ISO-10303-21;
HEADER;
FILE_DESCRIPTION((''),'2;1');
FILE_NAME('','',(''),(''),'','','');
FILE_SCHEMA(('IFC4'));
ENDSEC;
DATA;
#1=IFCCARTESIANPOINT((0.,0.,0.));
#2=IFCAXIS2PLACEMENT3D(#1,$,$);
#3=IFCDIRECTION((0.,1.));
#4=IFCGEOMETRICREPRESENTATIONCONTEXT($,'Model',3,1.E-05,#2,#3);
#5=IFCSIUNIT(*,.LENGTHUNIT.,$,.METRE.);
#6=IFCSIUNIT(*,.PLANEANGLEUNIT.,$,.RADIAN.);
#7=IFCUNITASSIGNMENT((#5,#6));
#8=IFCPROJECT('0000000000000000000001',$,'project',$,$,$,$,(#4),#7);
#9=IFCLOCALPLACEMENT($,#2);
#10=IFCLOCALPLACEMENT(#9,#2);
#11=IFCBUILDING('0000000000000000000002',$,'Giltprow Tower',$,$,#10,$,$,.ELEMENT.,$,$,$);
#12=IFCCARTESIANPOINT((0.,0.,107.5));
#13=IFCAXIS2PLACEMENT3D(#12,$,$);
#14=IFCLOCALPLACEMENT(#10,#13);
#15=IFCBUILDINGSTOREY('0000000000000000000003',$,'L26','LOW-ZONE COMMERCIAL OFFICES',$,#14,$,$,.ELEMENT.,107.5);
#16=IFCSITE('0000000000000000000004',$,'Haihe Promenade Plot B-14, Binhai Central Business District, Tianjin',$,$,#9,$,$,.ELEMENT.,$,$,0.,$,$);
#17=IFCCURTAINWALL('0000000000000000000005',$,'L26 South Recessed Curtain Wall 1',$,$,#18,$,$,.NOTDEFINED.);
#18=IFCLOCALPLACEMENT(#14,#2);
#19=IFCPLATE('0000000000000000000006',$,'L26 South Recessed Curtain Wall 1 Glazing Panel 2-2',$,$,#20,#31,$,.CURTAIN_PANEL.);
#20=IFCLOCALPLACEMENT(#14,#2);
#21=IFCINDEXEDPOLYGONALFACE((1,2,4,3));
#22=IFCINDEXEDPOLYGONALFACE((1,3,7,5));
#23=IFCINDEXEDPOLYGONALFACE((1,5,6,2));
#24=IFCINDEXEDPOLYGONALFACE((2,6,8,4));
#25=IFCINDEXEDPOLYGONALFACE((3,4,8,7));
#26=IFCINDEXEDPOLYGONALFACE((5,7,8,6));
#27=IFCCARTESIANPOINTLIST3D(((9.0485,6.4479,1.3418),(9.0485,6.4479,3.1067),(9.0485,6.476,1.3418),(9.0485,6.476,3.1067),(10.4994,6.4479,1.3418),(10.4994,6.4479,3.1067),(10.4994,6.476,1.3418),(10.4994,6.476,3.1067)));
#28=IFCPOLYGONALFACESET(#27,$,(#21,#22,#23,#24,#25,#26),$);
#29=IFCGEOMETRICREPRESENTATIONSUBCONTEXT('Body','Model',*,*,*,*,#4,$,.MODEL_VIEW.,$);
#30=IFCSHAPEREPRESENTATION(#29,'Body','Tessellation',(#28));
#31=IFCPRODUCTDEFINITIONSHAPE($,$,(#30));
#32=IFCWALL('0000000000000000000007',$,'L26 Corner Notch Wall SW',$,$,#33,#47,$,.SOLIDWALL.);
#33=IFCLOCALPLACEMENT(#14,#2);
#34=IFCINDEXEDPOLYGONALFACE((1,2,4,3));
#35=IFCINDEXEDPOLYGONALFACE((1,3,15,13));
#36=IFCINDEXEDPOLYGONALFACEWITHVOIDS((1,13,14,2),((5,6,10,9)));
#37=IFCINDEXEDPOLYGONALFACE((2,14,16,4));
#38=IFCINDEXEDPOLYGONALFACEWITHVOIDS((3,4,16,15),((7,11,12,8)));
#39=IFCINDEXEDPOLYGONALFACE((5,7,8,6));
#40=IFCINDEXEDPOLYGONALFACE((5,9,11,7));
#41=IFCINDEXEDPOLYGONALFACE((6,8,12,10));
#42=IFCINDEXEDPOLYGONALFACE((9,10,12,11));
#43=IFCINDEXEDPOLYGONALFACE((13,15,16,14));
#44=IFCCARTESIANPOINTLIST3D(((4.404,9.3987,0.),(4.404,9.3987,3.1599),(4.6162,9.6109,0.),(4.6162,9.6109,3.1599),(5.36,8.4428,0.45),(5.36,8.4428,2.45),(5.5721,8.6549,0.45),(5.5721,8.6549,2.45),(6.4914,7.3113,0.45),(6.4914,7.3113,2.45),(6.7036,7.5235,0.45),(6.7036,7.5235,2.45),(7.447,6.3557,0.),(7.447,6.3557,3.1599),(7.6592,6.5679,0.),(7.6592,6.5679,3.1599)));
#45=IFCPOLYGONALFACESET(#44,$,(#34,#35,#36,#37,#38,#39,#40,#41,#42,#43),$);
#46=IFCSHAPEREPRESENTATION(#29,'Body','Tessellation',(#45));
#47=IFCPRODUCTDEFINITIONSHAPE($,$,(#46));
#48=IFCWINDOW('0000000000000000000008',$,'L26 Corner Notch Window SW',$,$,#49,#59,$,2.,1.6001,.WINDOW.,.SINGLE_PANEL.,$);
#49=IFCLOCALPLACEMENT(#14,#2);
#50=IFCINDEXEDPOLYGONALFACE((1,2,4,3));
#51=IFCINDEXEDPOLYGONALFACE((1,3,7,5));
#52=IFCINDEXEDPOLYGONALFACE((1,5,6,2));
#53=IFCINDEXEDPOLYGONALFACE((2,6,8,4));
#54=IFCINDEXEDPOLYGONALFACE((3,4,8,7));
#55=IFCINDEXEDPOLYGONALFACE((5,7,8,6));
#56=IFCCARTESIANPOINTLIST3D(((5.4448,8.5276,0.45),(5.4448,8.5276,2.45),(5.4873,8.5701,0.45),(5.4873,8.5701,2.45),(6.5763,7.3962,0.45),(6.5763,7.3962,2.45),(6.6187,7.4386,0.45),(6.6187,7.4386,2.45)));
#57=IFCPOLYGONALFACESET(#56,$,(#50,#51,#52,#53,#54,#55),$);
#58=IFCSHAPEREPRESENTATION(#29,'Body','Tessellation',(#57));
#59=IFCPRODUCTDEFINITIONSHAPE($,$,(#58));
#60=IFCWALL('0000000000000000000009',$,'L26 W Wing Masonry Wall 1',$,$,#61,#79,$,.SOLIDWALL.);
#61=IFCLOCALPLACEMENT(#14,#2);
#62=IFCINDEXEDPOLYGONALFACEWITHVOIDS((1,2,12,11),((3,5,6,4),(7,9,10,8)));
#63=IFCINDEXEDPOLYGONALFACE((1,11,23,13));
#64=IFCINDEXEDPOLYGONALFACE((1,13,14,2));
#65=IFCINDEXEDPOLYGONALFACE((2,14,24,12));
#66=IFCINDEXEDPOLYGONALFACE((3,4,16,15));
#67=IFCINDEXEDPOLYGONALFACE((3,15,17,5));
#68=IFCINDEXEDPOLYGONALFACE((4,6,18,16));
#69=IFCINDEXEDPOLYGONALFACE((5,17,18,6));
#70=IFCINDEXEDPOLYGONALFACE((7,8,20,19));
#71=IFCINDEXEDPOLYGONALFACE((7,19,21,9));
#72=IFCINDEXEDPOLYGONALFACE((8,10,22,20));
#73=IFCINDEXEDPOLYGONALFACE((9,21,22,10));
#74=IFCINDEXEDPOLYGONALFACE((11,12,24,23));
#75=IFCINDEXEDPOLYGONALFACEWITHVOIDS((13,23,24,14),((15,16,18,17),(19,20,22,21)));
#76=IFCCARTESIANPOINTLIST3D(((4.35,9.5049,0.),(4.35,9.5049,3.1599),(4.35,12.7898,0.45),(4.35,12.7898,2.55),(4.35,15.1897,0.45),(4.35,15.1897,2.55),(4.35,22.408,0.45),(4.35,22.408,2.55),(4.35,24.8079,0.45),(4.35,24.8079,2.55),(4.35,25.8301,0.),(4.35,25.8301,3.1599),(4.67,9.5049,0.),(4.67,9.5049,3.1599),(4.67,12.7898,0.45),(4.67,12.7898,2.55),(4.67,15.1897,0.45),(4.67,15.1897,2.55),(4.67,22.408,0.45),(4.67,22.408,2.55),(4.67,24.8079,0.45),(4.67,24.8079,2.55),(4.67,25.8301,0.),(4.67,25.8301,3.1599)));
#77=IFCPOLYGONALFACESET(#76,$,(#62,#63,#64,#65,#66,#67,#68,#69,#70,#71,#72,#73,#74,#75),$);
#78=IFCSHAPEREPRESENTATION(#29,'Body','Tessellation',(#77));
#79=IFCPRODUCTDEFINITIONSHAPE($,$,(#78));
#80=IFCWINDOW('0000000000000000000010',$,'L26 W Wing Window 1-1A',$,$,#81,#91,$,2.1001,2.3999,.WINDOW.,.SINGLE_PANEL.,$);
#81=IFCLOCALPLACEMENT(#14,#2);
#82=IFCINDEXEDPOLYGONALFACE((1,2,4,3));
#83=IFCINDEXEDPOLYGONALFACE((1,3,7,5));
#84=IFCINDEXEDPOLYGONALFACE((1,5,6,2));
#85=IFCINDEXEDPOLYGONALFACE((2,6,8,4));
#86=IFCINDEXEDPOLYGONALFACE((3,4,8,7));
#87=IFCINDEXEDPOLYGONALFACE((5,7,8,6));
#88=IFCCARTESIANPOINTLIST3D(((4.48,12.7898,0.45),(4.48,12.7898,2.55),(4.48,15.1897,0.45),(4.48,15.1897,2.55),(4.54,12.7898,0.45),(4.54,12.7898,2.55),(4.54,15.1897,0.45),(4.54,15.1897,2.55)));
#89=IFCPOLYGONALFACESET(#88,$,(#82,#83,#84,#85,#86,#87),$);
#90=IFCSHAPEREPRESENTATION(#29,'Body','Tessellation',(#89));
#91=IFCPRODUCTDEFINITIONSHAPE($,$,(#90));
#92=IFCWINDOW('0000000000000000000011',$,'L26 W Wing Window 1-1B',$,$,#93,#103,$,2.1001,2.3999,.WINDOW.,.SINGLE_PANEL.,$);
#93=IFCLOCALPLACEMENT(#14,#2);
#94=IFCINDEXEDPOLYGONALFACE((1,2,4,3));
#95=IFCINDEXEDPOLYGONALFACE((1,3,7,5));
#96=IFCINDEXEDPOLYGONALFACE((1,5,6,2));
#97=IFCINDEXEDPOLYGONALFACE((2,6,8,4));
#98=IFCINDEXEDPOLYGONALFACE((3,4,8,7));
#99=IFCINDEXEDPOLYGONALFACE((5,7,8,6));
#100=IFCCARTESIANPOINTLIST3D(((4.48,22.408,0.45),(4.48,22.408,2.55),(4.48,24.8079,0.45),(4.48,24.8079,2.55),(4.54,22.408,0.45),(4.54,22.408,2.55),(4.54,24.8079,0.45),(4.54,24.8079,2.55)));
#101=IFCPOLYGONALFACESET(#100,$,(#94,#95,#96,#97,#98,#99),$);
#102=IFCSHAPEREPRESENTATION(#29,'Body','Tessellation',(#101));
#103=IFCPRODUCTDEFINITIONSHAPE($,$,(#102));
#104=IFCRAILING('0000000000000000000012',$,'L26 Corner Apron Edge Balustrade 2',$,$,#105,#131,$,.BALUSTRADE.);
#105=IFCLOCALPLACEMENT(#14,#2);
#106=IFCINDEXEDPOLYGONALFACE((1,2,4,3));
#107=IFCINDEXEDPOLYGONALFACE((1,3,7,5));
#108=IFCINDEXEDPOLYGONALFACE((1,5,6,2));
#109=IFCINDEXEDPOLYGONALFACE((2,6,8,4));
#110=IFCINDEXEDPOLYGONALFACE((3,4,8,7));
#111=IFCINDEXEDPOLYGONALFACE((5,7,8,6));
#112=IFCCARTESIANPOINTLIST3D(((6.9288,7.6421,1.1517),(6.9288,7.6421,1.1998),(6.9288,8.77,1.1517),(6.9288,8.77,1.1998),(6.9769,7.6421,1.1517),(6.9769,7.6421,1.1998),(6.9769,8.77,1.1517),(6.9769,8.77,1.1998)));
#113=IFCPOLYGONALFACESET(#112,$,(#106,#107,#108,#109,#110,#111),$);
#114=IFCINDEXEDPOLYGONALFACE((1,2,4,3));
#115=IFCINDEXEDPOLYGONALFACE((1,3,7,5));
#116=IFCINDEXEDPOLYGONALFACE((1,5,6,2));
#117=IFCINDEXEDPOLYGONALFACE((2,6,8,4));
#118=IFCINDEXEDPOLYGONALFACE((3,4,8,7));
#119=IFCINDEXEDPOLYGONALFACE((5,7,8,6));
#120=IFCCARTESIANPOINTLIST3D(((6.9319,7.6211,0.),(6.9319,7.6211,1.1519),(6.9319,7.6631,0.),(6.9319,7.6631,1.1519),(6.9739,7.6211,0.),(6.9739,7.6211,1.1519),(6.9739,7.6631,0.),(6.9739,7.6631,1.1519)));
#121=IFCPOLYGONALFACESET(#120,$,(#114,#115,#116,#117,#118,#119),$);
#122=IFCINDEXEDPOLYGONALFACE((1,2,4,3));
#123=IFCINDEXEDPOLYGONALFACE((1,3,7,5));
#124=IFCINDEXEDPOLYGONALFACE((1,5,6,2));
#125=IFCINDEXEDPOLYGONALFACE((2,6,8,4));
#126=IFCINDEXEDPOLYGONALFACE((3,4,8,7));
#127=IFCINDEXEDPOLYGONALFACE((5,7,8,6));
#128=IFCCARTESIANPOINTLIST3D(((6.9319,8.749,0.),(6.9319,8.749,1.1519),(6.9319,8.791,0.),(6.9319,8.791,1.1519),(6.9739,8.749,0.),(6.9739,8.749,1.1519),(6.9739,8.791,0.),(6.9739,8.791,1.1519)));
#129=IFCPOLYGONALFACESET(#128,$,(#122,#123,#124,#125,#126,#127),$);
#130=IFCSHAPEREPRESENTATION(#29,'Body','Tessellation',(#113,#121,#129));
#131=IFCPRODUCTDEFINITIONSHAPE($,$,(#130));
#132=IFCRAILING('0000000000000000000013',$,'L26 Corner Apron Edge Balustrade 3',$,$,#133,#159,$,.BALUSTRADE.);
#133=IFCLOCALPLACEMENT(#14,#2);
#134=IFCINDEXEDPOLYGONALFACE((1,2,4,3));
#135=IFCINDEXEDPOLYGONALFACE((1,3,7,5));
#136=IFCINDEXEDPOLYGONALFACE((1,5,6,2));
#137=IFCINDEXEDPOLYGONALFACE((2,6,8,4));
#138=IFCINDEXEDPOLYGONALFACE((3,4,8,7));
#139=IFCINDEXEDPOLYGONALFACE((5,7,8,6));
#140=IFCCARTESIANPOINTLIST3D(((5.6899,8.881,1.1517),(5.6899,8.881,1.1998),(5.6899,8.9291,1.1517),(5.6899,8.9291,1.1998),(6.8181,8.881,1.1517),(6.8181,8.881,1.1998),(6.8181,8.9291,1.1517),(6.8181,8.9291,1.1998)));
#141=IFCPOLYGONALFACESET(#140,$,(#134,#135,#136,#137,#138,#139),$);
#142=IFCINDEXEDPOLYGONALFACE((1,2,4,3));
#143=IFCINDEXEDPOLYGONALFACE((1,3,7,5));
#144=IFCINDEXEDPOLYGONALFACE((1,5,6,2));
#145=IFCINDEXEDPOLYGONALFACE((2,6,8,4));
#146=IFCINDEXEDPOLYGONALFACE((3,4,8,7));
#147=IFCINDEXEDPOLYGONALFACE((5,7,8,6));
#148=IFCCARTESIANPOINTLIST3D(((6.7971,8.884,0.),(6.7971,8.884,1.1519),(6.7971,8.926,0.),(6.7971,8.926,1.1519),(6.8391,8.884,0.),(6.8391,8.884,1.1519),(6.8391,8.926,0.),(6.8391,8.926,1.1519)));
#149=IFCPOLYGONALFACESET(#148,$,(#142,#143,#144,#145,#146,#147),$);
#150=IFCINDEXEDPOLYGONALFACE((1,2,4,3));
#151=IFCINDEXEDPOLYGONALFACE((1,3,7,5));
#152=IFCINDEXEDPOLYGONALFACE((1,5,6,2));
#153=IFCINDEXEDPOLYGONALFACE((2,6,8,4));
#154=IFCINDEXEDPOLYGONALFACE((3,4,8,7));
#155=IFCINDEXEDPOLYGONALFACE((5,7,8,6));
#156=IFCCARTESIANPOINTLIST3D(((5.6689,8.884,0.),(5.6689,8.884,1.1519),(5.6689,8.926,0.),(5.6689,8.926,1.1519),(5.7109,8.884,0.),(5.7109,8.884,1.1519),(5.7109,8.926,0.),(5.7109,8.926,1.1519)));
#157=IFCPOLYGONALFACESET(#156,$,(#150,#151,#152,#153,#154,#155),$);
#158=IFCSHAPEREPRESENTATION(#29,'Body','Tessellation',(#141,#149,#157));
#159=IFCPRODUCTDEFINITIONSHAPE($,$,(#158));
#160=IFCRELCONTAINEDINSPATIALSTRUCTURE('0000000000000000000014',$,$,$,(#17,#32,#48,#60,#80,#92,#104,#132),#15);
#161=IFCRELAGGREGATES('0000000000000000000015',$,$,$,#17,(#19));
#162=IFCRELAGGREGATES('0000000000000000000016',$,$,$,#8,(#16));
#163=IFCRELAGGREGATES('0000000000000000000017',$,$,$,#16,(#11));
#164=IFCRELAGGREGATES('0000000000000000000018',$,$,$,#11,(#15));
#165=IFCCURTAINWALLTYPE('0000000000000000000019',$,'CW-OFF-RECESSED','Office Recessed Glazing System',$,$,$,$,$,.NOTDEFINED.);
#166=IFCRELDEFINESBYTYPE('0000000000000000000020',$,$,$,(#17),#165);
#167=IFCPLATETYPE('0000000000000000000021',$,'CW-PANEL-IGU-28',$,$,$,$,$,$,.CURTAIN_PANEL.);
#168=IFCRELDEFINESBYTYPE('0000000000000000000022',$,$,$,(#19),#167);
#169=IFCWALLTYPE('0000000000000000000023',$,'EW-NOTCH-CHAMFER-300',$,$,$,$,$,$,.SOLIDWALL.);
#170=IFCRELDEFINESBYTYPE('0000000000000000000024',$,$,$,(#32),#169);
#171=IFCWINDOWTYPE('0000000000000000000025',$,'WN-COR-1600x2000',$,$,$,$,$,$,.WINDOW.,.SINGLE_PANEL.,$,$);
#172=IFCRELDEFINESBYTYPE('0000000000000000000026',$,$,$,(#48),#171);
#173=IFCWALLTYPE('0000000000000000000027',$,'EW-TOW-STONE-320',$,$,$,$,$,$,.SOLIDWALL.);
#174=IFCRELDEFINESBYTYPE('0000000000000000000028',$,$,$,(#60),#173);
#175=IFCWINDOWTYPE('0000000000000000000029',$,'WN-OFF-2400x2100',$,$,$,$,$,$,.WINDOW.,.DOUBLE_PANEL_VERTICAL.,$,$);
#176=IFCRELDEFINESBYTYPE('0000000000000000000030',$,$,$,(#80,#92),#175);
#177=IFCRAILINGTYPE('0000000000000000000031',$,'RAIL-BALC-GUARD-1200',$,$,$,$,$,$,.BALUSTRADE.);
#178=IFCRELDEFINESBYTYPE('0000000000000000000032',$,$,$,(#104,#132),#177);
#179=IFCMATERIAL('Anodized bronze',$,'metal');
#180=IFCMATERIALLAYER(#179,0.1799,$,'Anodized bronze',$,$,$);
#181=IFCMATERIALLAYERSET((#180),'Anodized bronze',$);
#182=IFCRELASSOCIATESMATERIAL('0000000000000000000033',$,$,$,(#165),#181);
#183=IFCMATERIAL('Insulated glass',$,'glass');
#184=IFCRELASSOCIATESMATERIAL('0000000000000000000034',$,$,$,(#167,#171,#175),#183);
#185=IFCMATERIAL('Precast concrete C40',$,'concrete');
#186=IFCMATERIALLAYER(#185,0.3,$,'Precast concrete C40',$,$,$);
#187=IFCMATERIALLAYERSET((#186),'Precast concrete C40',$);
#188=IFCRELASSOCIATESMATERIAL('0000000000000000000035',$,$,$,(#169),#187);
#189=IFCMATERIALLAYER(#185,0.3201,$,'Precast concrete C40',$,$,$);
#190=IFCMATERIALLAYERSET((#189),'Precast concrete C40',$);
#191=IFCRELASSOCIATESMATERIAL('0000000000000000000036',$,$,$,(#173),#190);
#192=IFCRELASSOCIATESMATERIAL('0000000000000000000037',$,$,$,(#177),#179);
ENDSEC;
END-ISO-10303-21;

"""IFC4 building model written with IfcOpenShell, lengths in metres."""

from ifc_helpers import new_model, si_unit, direction, frame, frame_2d, origin, origin_2d, place, context, subcontext, project, spatial, rectangle, extrude, source, transform, mapped, material, layer, layer_set, type_object, element, fill, aggregate, save


model = new_model("IFC4")

# Units and contexts
model_context = context("Model", 3, precision=1e-05, world=origin(), true_north=direction((0.0, 1.0)))
body_context = subcontext(model_context, "Body", "Model", "MODEL_VIEW")
ifc_project = project(units=[si_unit("LENGTHUNIT", "METRE"), si_unit("PLANEANGLEUNIT", "RADIAN")], contexts=[model_context])

# Site, building, storey
site_placement = place(None, origin())
site = spatial("IfcSite", under=ifc_project, at=site_placement, Name="Haihe Promenade Plot B-14, Binhai Central Business District, Tianjin", CompositionType="ELEMENT", RefElevation=0.0)
building_placement = place(site_placement, origin())
building = spatial("IfcBuilding", under=site, at=building_placement, Name="Giltprow Tower", CompositionType="ELEMENT")
storey_placement = place(building_placement, frame((0.0, 0.0, 107.5)))
storey = spatial("IfcBuildingStorey", under=building, at=storey_placement, Name="L26", Description="LOW-ZONE COMMERCIAL OFFICES", CompositionType="ELEMENT", Elevation=107.5)

# Curtain wall
ifc_material_1 = material(Name="Anodized bronze", Category="metal")
ifc_layer_1 = layer(ifc_material_1, 0.1799, Name="Anodized bronze")
ifc_layer_set_1 = layer_set([ifc_layer_1], Name="Anodized bronze")
curtain_wall_type = type_object("IfcCurtainWallType", Name="CW-OFF-RECESSED", Description="Office Recessed Glazing System", PredefinedType="NOTDEFINED", material=ifc_layer_set_1)
curtain_wall_placement = place(storey_placement, origin())
curtain_wall = element("IfcCurtainWall", 1, at=curtain_wall_placement, inside=storey, type_object=curtain_wall_type, Name="L26 South Recessed Curtain Wall 1", PredefinedType="NOTDEFINED")

# Plate
ifc_material_2 = material(Name="Insulated glass", Category="glass")
plate_type_1 = type_object("IfcPlateType", Name="CW-PANEL-IGU-28", PredefinedType="CURTAIN_PANEL", material=ifc_material_2)
shared_shape_1 = source(origin(), body_context, "Body", "SweptSolid", [
    extrude(rectangle(XDim=1.4509, YDim=0.0281, at=origin_2d()), origin(), (0.0, 0.0, 1.0), 1.7649),
])
plate_1_placement = place(storey_placement, frame((9.7739, 6.4619, 1.3418), z_axis=(0.0, 0.0, 1.0), x_axis=(1.0, 0.0, 0.0)))
plate_1 = element("IfcPlate", 2, at=plate_1_placement, type_object=plate_type_1, Name="L26 South Recessed Curtain Wall 1 Glazing Panel 2-2", PredefinedType="CURTAIN_PANEL", context=body_context, shape_type="MappedRepresentation", body=[
    mapped(shared_shape_1, transform((0.0, 0.0, 0.0), x_axis=(1.0, 0.0, 0.0), y_axis=(0.0, 1.0, 0.0), z_axis=(0.0, 0.0, 1.0), scale=1.0)),
])
aggregate(curtain_wall, [plate_1])

# Wall, opening, window
ifc_material_3 = material(Name="Precast concrete C40", Category="concrete")
ifc_layer_2 = layer(ifc_material_3, 0.3, Name="Precast concrete C40")
ifc_layer_set_2 = layer_set([ifc_layer_2], Name="Precast concrete C40")
wall_type_1 = type_object("IfcWallType", Name="EW-NOTCH-CHAMFER-300", PredefinedType="SOLIDWALL", material=ifc_layer_set_2)
wall_1_placement = place(storey_placement, frame((4.51, 9.5049, 0.0), z_axis=(0.0, 0.0, 1.0), x_axis=(0.707107, -0.707107, 0.0)))
wall_1 = element("IfcWall", 3, at=wall_1_placement, inside=storey, type_object=wall_type_1, Name="L26 Corner Notch Wall SW", PredefinedType="SOLIDWALL", context=body_context, shape_type="SweptSolid", body=[
    extrude(rectangle(XDim=4.3035, YDim=0.3, at=frame_2d((2.1519, 0.0))), origin(), (0.0, 0.0, 1.0), 3.1599),
])
opening_1_placement = place(wall_1_placement, frame((1.3521, 0.0, 0.45)))
opening_1 = element("IfcOpeningElement", 4, at=opening_1_placement, cuts=wall_1, PredefinedType="OPENING", context=body_context, shape_type="SweptSolid", body=[
    extrude(rectangle(XDim=1.6001, YDim=2.0, at=frame_2d((0.8, 1.0))), frame((0.0, 0.1599, 0.0), z_axis=(0.0, -1.0, 0.0), x_axis=(1.0, 0.0, 0.0)), (0.0, 0.0, 1.0), 0.3201),
])
window_type_1 = type_object("IfcWindowType", Name="WN-COR-1600x2000", PartitioningType="SINGLE_PANEL", PredefinedType="WINDOW", material=ifc_material_2)
shared_shape_2 = source(origin(), body_context, "Body", "SweptSolid", [
    extrude(rectangle(XDim=1.6001, YDim=2.0, at=frame_2d((0.8, 1.0))), frame((0.0, 0.03, 0.0), z_axis=(0.0, -1.0, 0.0), x_axis=(1.0, 0.0, 0.0)), (0.0, 0.0, 1.0), 0.0601),
])
window_1_placement = place(opening_1_placement, origin())
window_1 = element("IfcWindow", 5, at=window_1_placement, inside=storey, type_object=window_type_1, Name="L26 Corner Notch Window SW", OverallHeight=2.0, OverallWidth=1.6001, PartitioningType="SINGLE_PANEL", PredefinedType="WINDOW", context=body_context, shape_type="MappedRepresentation", body=[
    mapped(shared_shape_2, transform((0.0, 0.0, 0.0), x_axis=(1.0, 0.0, 0.0), y_axis=(0.0, 1.0, 0.0), z_axis=(0.0, 0.0, 1.0), scale=1.0)),
])
fill(opening_1, window_1)

# Wall, openings, windows
ifc_layer_3 = layer(ifc_material_3, 0.3201, Name="Precast concrete C40")
ifc_layer_set_3 = layer_set([ifc_layer_3], Name="Precast concrete C40")
wall_type_2 = type_object("IfcWallType", Name="EW-TOW-STONE-320", PredefinedType="SOLIDWALL", material=ifc_layer_set_3)
wall_2_placement = place(storey_placement, frame((4.51, 9.5049, 0.0), z_axis=(0.0, 0.0, 1.0), x_axis=(0.0, 1.0, 0.0)))
wall_2 = element("IfcWall", 6, at=wall_2_placement, inside=storey, type_object=wall_type_2, Name="L26 W Wing Masonry Wall 1", PredefinedType="SOLIDWALL", context=body_context, shape_type="SweptSolid", body=[
    extrude(rectangle(XDim=16.3252, YDim=0.3201, at=frame_2d((8.1626, 0.0))), origin(), (0.0, 0.0, 1.0), 3.1599),
])
opening_2_placement = place(wall_2_placement, frame((3.2849, 0.0, 0.45)))
opening_2 = element("IfcOpeningElement", 7, at=opening_2_placement, cuts=wall_2, PredefinedType="OPENING", context=body_context, shape_type="SweptSolid", body=[
    extrude(rectangle(XDim=2.3999, YDim=2.1001, at=frame_2d((1.2, 1.05))), frame((0.0, 0.1699, 0.0), z_axis=(0.0, -1.0, 0.0), x_axis=(1.0, 0.0, 0.0)), (0.0, 0.0, 1.0), 0.3401),
])
opening_3_placement = place(wall_2_placement, frame((12.9031, 0.0, 0.45)))
opening_3 = element("IfcOpeningElement", 8, at=opening_3_placement, cuts=wall_2, PredefinedType="OPENING", context=body_context, shape_type="SweptSolid", body=[
    extrude(rectangle(XDim=2.3999, YDim=2.1001, at=frame_2d((1.2, 1.05))), frame((0.0, 0.1699, 0.0), z_axis=(0.0, -1.0, 0.0), x_axis=(1.0, 0.0, 0.0)), (0.0, 0.0, 1.0), 0.3401),
])
window_type_2 = type_object("IfcWindowType", Name="WN-OFF-2400x2100", PartitioningType="DOUBLE_PANEL_VERTICAL", PredefinedType="WINDOW", material=ifc_material_2)
shared_shape_3 = source(origin(), body_context, "Body", "SweptSolid", [
    extrude(rectangle(XDim=2.3999, YDim=2.1001, at=frame_2d((1.2, 1.05))), frame((0.0, 0.03, 0.0), z_axis=(0.0, -1.0, 0.0), x_axis=(1.0, 0.0, 0.0)), (0.0, 0.0, 1.0), 0.0601),
])
window_2_placement = place(opening_2_placement, origin())
window_2 = element("IfcWindow", 9, at=window_2_placement, inside=storey, type_object=window_type_2, Name="L26 W Wing Window 1-1A", OverallHeight=2.1001, OverallWidth=2.3999, PartitioningType="SINGLE_PANEL", PredefinedType="WINDOW", context=body_context, shape_type="MappedRepresentation", body=[
    mapped(shared_shape_3, transform((0.0, 0.0, 0.0), x_axis=(1.0, 0.0, 0.0), y_axis=(0.0, 1.0, 0.0), z_axis=(0.0, 0.0, 1.0), scale=1.0)),
])
fill(opening_2, window_2)
window_3_placement = place(opening_3_placement, origin())
window_3 = element("IfcWindow", 10, at=window_3_placement, inside=storey, type_object=window_type_2, Name="L26 W Wing Window 1-1B", OverallHeight=2.1001, OverallWidth=2.3999, PartitioningType="SINGLE_PANEL", PredefinedType="WINDOW", context=body_context, shape_type="MappedRepresentation", body=[
    mapped(shared_shape_3, transform((0.0, 0.0, 0.0), x_axis=(1.0, 0.0, 0.0), y_axis=(0.0, 1.0, 0.0), z_axis=(0.0, 0.0, 1.0), scale=1.0)),
])
fill(opening_3, window_3)

# Railings
railing_type = type_object("IfcRailingType", Name="RAIL-BALC-GUARD-1200", PredefinedType="BALUSTRADE", material=ifc_material_1)
railing_1_placement = place(storey_placement, frame((6.9529, 7.6421, 0.0)))
element("IfcRailing", 11, at=railing_1_placement, inside=storey, type_object=railing_type, Name="L26 Corner Apron Edge Balustrade 2", PredefinedType="BALUSTRADE", context=body_context, shape_type="SweptSolid", body=[
    extrude(rectangle(XDim=0.0481, YDim=0.0481, at=origin_2d()), frame((0.0, 0.0, 1.1758), z_axis=(0.0, 1.0, 0.0), x_axis=(-1.0, 0.0, 0.0)), (0.0, 0.0, 1.0), 1.1279),
    extrude(rectangle(XDim=0.042, YDim=0.042, at=origin_2d()), origin(), (0.0, 0.0, 1.0), 1.1519),
    extrude(rectangle(XDim=0.042, YDim=0.042, at=origin_2d()), frame((0.0, 1.1279, 0.0)), (0.0, 0.0, 1.0), 1.1519),
])
railing_2_placement = place(storey_placement, frame((6.8181, 8.905, 0.0)))
element("IfcRailing", 12, at=railing_2_placement, inside=storey, type_object=railing_type, Name="L26 Corner Apron Edge Balustrade 3", PredefinedType="BALUSTRADE", context=body_context, shape_type="SweptSolid", body=[
    extrude(rectangle(XDim=0.0481, YDim=0.0481, at=origin_2d()), frame((0.0, 0.0, 1.1758), z_axis=(-1.0, 0.0, 0.0), x_axis=(0.0, -1.0, 0.0)), (0.0, 0.0, 1.0), 1.1282),
    extrude(rectangle(XDim=0.042, YDim=0.042, at=origin_2d()), origin(), (0.0, 0.0, 1.0), 1.1519),
    extrude(rectangle(XDim=0.042, YDim=0.042, at=origin_2d()), frame((-1.1282, 0.0, 0.0)), (0.0, 0.0, 1.0), 1.1519),
])

save(model, "model.ifc")
